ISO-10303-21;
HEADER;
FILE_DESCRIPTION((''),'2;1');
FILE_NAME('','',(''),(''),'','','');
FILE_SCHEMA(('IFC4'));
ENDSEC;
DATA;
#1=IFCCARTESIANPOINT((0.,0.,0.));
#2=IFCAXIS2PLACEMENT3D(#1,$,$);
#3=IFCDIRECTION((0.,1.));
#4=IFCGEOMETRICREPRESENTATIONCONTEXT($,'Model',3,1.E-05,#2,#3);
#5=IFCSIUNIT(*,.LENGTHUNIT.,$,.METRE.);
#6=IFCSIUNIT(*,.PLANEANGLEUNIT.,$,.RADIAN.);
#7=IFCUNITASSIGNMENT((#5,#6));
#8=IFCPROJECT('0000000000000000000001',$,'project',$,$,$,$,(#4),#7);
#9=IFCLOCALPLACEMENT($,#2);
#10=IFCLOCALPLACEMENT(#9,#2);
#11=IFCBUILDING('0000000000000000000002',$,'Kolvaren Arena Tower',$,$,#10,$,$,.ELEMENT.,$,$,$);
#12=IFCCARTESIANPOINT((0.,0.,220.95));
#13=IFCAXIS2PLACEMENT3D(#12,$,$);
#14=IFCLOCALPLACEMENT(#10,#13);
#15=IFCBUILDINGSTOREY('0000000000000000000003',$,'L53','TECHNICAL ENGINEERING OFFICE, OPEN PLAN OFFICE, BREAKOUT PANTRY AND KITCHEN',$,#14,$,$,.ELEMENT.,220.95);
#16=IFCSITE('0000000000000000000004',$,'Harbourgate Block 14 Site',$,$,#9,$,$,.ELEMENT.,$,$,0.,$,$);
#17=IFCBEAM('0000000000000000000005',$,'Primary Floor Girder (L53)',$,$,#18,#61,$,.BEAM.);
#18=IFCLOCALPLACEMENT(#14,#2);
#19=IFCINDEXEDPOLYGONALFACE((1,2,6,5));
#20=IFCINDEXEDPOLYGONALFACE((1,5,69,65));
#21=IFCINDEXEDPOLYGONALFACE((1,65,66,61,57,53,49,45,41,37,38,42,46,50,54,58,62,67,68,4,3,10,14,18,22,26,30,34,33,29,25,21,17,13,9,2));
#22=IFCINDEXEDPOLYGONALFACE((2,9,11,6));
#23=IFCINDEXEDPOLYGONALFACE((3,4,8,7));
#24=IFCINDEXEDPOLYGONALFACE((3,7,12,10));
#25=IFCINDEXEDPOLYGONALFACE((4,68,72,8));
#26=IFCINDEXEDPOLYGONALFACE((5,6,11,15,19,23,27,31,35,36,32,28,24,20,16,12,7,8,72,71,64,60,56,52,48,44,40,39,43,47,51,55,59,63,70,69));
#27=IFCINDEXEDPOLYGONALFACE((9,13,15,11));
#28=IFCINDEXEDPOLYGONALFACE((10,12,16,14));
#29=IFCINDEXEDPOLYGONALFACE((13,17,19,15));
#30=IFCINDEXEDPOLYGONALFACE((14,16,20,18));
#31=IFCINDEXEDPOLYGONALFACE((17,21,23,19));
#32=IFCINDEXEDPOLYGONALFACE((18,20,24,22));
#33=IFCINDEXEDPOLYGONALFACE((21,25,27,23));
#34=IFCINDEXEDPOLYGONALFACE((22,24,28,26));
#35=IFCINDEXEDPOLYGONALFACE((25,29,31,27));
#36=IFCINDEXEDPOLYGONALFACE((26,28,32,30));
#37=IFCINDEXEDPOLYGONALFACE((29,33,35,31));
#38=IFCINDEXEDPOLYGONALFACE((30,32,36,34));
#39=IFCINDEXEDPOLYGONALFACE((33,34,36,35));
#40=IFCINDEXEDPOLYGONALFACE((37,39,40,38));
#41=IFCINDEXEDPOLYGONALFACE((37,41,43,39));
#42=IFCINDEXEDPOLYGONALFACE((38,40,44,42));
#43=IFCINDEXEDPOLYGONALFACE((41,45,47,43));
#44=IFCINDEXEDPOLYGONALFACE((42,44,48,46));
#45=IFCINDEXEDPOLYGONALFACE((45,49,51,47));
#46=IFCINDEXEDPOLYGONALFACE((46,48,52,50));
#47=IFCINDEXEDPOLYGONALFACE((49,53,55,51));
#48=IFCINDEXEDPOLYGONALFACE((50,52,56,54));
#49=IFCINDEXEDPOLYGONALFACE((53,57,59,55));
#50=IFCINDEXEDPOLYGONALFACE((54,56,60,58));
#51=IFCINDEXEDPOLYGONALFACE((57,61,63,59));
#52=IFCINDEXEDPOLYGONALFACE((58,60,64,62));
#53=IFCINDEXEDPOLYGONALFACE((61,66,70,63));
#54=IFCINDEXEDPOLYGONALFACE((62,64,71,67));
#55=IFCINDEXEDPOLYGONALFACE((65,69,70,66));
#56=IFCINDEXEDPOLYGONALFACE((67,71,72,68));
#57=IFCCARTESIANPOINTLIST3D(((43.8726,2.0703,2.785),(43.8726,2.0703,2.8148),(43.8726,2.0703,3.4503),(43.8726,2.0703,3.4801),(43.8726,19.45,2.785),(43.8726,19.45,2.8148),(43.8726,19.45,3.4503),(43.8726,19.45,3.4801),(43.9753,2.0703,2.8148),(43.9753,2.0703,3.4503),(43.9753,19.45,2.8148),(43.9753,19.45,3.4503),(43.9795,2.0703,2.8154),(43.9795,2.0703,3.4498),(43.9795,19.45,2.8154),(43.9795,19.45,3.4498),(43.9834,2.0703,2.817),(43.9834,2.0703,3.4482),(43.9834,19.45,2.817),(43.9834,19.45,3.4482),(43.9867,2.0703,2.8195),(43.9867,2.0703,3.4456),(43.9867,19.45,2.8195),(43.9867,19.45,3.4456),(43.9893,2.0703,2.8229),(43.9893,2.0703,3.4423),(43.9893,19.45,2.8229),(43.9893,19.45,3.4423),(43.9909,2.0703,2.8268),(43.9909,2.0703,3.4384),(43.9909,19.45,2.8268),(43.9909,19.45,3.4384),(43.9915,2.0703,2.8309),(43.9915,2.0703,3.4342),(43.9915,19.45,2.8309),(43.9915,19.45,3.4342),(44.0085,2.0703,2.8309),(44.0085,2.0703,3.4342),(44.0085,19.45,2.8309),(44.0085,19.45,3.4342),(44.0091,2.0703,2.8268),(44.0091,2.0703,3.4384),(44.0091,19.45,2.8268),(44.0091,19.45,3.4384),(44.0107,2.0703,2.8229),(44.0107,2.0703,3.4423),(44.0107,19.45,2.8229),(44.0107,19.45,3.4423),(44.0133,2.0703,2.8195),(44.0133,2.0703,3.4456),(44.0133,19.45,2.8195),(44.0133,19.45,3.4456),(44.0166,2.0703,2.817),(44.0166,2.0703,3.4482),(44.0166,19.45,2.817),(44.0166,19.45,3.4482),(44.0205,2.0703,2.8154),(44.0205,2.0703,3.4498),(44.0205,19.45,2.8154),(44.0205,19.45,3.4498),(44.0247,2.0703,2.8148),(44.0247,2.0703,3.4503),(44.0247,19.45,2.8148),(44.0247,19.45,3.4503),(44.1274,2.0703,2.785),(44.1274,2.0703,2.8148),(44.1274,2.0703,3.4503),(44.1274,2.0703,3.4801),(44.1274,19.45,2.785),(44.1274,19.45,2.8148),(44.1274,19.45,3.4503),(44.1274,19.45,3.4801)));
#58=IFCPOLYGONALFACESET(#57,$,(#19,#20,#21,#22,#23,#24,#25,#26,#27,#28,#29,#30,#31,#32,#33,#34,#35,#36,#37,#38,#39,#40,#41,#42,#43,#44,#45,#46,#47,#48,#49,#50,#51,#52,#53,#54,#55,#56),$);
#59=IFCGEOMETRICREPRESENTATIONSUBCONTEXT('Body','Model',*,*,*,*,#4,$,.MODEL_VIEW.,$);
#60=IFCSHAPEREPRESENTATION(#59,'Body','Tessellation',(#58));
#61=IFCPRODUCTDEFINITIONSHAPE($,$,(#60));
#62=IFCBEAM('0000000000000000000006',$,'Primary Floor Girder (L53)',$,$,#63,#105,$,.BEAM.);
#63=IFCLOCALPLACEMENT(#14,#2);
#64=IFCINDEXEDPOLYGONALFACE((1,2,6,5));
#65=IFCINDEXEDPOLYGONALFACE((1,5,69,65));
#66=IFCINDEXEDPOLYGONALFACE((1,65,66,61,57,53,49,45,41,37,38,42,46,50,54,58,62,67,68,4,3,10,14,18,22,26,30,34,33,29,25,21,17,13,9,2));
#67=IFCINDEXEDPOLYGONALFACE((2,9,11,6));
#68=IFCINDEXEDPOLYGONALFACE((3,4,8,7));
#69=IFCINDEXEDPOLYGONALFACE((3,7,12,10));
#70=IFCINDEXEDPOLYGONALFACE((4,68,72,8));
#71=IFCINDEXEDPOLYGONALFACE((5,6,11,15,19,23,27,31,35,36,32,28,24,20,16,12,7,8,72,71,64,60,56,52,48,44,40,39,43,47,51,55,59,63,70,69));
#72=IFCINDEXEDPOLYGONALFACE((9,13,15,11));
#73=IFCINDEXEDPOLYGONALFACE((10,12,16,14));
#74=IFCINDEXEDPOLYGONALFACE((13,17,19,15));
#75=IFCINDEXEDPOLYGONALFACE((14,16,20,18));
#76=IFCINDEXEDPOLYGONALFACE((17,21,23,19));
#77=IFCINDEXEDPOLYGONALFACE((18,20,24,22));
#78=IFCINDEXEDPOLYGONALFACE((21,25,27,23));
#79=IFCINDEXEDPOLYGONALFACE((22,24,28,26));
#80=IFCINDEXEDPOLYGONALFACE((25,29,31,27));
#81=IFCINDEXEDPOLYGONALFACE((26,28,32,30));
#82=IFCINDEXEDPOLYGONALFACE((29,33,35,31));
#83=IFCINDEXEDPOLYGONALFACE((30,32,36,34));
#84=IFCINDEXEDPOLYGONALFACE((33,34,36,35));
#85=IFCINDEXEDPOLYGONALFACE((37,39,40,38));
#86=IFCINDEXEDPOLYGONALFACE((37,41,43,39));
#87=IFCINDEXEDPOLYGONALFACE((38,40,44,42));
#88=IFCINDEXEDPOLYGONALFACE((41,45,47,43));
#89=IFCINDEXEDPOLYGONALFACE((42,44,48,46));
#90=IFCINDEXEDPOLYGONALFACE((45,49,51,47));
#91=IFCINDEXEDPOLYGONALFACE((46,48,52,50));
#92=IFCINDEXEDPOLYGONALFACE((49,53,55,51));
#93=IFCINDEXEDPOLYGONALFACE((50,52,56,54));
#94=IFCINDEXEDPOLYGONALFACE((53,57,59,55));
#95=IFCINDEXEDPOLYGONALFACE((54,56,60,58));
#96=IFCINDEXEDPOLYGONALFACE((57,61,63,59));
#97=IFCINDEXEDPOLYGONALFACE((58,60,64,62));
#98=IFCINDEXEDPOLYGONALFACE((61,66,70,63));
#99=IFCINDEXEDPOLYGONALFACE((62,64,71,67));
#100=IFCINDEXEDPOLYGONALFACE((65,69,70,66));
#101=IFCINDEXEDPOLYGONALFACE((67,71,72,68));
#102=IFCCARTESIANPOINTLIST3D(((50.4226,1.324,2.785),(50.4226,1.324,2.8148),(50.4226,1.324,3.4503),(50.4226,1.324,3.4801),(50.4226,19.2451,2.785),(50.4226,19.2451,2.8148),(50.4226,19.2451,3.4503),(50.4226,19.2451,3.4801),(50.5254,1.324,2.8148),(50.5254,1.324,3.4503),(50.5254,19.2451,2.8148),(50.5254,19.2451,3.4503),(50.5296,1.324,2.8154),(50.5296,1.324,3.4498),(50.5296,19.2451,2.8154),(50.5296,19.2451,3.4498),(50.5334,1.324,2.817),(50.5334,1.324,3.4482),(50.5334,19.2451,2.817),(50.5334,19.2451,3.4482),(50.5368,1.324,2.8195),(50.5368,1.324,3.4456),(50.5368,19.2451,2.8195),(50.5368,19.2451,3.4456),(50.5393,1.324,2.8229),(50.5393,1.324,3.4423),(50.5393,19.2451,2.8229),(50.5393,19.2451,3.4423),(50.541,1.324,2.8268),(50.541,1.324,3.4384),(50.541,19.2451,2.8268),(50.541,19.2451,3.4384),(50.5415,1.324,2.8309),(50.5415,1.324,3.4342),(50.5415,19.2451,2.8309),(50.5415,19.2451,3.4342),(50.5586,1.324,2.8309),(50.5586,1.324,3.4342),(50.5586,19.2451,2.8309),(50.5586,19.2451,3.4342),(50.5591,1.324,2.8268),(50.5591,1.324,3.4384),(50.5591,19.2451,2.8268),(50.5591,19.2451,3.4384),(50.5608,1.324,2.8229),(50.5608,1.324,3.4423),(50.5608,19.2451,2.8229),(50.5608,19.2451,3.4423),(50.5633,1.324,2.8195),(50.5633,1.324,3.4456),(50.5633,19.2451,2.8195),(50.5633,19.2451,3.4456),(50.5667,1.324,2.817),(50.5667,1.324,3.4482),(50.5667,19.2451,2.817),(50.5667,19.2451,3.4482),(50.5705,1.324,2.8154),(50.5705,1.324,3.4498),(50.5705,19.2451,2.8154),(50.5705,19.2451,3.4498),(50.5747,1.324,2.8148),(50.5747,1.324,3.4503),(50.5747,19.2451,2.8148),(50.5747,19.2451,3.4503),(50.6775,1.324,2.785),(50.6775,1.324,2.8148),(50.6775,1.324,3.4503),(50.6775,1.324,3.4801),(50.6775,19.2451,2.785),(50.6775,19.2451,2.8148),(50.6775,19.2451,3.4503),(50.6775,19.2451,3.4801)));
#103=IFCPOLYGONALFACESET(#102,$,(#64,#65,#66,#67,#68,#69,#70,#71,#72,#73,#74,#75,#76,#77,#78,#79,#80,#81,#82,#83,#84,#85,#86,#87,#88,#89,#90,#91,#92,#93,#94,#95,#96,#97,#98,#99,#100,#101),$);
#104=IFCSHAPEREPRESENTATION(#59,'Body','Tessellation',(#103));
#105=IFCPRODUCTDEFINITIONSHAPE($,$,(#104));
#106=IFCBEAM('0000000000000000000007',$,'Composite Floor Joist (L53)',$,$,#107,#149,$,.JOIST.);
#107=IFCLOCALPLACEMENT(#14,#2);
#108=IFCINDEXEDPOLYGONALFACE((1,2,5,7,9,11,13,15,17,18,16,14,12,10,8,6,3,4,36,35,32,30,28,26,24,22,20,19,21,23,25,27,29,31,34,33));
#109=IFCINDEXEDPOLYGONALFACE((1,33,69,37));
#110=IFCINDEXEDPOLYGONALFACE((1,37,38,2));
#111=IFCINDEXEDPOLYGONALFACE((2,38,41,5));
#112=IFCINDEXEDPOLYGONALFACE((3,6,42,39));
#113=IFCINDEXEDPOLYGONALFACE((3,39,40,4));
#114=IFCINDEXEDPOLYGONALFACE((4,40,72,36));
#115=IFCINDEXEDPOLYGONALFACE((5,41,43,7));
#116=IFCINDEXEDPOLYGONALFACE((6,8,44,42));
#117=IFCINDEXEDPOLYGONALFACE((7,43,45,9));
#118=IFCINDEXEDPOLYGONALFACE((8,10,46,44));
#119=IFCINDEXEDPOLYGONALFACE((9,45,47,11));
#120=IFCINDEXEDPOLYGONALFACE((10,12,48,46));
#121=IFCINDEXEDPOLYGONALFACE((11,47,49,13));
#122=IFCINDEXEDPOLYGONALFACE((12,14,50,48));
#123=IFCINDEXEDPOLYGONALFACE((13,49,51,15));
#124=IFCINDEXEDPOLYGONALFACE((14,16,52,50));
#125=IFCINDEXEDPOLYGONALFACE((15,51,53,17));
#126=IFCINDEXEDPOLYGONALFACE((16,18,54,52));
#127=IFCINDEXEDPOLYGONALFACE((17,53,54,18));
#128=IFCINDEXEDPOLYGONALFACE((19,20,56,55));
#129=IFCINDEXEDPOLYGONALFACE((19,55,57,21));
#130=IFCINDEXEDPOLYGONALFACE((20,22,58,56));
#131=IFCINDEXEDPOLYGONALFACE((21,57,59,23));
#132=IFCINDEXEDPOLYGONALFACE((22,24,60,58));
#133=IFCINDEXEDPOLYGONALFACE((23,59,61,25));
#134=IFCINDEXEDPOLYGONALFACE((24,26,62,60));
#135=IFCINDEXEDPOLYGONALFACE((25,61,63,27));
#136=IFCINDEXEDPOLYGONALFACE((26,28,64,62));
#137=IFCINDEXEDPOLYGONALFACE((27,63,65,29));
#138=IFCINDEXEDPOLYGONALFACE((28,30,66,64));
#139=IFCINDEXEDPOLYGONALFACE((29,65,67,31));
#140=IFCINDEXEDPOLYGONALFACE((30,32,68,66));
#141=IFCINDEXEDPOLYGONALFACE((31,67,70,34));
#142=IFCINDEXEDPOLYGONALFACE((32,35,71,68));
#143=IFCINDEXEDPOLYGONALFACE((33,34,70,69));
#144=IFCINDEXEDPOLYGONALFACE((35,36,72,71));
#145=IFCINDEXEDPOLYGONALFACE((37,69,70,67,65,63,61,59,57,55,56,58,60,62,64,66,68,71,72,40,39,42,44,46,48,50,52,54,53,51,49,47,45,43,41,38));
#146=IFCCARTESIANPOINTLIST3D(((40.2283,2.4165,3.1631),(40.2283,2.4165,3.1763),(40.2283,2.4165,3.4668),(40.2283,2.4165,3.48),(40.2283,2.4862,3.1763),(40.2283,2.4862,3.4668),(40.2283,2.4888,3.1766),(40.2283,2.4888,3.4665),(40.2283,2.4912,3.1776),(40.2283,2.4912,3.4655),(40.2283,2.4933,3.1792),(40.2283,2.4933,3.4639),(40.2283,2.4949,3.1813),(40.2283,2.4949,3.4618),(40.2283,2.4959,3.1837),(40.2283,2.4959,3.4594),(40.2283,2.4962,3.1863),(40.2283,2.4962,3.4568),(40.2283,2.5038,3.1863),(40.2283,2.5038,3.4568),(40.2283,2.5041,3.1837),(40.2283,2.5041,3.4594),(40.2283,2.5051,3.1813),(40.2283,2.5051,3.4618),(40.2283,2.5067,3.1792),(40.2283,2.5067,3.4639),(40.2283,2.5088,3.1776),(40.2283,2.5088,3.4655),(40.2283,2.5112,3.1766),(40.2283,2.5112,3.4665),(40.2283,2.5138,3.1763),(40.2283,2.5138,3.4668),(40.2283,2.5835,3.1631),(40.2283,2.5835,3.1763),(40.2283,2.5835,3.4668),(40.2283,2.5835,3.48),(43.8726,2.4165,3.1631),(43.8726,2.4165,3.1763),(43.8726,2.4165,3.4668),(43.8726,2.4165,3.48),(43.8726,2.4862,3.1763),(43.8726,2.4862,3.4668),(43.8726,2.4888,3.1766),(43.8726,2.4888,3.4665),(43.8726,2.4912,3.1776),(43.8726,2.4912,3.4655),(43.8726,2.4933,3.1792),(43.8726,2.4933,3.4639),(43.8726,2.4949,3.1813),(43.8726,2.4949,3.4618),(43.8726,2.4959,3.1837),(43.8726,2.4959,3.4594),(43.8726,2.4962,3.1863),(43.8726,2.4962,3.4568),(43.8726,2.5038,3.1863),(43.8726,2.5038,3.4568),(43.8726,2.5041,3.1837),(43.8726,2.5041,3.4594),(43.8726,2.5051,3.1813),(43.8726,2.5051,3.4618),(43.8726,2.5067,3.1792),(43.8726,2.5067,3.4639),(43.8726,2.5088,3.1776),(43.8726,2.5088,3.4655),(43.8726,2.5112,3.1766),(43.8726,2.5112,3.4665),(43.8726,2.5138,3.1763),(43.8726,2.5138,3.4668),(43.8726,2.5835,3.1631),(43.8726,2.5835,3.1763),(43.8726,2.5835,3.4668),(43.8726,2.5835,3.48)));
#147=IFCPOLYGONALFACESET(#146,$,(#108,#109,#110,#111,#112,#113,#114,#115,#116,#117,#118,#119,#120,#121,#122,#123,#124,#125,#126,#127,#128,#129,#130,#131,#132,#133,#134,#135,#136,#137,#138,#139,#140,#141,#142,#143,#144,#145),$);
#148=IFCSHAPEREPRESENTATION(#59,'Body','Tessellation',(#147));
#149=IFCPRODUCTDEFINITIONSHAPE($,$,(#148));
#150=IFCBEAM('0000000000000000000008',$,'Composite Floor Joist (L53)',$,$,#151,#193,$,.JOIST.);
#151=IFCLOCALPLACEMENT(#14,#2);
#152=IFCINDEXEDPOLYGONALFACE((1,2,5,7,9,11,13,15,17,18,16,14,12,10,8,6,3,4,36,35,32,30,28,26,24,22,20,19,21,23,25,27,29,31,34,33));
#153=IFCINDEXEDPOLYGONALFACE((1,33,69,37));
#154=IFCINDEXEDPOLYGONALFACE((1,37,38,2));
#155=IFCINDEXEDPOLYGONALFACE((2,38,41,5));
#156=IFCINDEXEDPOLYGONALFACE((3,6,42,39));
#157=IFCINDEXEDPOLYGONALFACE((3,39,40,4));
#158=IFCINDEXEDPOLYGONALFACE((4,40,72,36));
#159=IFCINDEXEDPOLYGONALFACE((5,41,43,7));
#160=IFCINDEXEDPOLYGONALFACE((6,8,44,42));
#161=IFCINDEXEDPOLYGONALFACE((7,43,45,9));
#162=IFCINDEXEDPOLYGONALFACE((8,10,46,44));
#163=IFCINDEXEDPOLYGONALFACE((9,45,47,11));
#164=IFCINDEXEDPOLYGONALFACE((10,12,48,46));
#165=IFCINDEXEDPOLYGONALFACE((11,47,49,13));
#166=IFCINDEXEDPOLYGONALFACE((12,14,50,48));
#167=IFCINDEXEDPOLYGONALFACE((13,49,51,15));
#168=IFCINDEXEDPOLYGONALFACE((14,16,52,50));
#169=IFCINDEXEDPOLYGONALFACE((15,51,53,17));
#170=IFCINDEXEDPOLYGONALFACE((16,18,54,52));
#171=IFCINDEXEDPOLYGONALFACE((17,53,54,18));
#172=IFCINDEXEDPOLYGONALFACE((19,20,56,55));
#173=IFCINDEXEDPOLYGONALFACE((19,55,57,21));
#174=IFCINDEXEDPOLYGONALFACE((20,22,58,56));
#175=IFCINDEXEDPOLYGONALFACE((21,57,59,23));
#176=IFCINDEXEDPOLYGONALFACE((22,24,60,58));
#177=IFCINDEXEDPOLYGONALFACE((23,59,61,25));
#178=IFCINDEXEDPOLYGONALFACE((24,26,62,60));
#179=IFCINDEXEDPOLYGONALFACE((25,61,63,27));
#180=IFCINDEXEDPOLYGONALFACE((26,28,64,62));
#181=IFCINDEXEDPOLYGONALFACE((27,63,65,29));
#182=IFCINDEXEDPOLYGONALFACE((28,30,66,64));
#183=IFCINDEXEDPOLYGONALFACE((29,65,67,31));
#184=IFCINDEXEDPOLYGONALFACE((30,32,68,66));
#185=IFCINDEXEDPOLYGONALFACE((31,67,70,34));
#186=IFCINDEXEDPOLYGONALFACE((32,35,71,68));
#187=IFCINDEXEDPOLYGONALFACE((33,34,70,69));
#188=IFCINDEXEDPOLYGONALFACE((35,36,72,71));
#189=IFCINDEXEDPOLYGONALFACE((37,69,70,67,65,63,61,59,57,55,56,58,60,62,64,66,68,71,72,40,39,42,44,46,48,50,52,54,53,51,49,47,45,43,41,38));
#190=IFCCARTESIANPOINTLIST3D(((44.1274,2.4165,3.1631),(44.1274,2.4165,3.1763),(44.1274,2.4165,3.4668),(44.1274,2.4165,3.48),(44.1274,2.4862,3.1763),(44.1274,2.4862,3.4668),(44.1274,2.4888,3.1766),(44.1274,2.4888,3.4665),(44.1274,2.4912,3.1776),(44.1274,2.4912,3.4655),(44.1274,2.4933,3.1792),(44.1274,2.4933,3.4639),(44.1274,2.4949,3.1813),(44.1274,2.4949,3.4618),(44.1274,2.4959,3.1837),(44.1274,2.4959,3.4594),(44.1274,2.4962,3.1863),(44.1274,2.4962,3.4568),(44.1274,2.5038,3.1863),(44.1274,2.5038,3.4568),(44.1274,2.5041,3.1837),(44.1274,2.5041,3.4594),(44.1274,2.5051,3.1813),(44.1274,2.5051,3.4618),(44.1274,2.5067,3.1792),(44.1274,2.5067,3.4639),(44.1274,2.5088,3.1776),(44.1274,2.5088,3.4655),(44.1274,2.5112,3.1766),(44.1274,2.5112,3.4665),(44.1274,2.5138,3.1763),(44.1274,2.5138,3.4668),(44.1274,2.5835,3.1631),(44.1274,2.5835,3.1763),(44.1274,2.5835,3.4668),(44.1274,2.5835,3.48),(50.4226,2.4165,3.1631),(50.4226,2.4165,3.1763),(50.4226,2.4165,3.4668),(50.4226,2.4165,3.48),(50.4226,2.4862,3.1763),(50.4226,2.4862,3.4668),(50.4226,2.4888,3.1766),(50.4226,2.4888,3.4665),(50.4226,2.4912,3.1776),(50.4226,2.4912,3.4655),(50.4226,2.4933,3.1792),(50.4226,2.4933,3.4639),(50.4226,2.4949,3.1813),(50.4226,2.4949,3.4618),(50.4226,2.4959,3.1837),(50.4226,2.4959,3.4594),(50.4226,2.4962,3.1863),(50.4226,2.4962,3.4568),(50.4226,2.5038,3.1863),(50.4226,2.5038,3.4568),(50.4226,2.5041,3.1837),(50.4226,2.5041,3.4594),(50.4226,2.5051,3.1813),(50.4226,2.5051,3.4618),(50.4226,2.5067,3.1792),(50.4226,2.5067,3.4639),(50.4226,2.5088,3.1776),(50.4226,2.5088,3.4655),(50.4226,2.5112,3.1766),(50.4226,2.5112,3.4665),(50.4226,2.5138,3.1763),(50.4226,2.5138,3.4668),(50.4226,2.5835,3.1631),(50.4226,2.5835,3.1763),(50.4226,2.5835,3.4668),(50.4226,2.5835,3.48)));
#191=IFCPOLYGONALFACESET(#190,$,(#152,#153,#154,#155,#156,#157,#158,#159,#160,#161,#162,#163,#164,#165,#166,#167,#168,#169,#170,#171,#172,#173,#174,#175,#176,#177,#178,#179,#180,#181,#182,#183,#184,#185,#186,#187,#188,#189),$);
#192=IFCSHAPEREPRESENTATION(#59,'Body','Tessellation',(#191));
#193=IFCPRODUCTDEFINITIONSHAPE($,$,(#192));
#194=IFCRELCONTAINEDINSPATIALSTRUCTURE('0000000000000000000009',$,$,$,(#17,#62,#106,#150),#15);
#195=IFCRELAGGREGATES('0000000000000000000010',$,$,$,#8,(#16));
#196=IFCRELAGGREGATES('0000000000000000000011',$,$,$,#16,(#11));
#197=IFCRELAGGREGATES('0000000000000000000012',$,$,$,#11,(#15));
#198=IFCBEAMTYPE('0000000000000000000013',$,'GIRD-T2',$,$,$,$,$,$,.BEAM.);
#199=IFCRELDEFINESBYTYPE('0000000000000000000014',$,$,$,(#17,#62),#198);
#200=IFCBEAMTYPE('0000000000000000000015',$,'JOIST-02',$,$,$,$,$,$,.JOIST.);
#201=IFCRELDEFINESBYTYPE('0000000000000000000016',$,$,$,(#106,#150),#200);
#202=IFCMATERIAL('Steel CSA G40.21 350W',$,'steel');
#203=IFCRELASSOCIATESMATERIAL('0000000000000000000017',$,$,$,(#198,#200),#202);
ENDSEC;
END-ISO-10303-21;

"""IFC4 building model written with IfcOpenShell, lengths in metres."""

from ifc_helpers import new_model, si_unit, direction, frame, origin, origin_2d, place, context, subcontext, project, spatial, i_section, extrude, material, material_profile, profile_set, type_object, element, save


model = new_model("IFC4")

# Units and contexts
model_context = context("Model", 3, precision=1e-05, world=origin(), true_north=direction((0.0, 1.0)))
body_context = subcontext(model_context, "Body", "Model", "MODEL_VIEW")
ifc_project = project(units=[si_unit("LENGTHUNIT", "METRE"), si_unit("PLANEANGLEUNIT", "RADIAN")], contexts=[model_context])

# Site, building, storey
site_placement = place(None, origin())
site = spatial("IfcSite", under=ifc_project, at=site_placement, Name="Harbourgate Block 14 Site", CompositionType="ELEMENT", RefElevation=0.0)
building_placement = place(site_placement, origin())
building = spatial("IfcBuilding", under=site, at=building_placement, Name="Kolvaren Arena Tower", CompositionType="ELEMENT")
storey_placement = place(building_placement, frame((0.0, 0.0, 220.95)))
storey = spatial("IfcBuildingStorey", under=building, at=storey_placement, Name="L53", Description="TECHNICAL ENGINEERING OFFICE, OPEN PLAN OFFICE, BREAKOUT PANTRY AND KITCHEN", CompositionType="ELEMENT", Elevation=220.95)

# Beams
ifc_material_1 = material(Name="Steel CSA G40.21 350W", Category="steel")
ifc_material_profile_1 = material_profile(ifc_material_1, i_section(OverallWidth=0.2549, OverallDepth=0.6951, WebThickness=0.0171, FlangeThickness=0.0298, FilletRadius=0.0161, at=origin_2d()), Name="W690x217")
ifc_profile_set_1 = profile_set([ifc_material_profile_1], Name="Steel CSA G40.21 350W")
beam_type_1 = type_object("IfcBeamType", Name="GIRD-T2", PredefinedType="BEAM", material=ifc_profile_set_1)
beam_1_placement = place(storey_placement, frame((44.0, 2.0703, 3.1326), z_axis=(0.0, 1.0, 0.0), x_axis=(-1.0, 0.0, 0.0)))
element("IfcBeam", 1, at=beam_1_placement, inside=storey, type_object=beam_type_1, Name="Primary Floor Girder (L53)", PredefinedType="BEAM", context=body_context, shape_type="SweptSolid", body=[
    extrude(i_section(OverallWidth=0.2549, OverallDepth=0.6951, WebThickness=0.0171, FlangeThickness=0.0298, FilletRadius=0.0161, at=origin_2d()), origin(), (0.0, 0.0, 1.0), 17.3796),
])
beam_2_placement = place(storey_placement, frame((50.55, 1.324, 3.1326), z_axis=(0.0, 1.0, 0.0), x_axis=(-1.0, 0.0, 0.0)))
element("IfcBeam", 2, at=beam_2_placement, inside=storey, type_object=beam_type_1, Name="Primary Floor Girder (L53)", PredefinedType="BEAM", context=body_context, shape_type="SweptSolid", body=[
    extrude(i_section(OverallWidth=0.2549, OverallDepth=0.6951, WebThickness=0.0171, FlangeThickness=0.0298, FilletRadius=0.0161, at=origin_2d()), origin(), (0.0, 0.0, 1.0), 17.9211),
])
ifc_material_profile_2 = material_profile(ifc_material_1, i_section(OverallWidth=0.167, OverallDepth=0.3169, WebThickness=0.0076, FlangeThickness=0.0132, FilletRadius=0.01, at=origin_2d()), Name="W310x52")
ifc_profile_set_2 = profile_set([ifc_material_profile_2], Name="Steel CSA G40.21 350W")
beam_type_2 = type_object("IfcBeamType", Name="JOIST-02", PredefinedType="JOIST", material=ifc_profile_set_2)
beam_3_placement = place(storey_placement, frame((40.2283, 2.5, 3.3215), z_axis=(1.0, 0.0, 0.0), x_axis=(0.0, 1.0, 0.0)))
element("IfcBeam", 3, at=beam_3_placement, inside=storey, type_object=beam_type_2, Name="Composite Floor Joist (L53)", PredefinedType="JOIST", context=body_context, shape_type="SweptSolid", body=[
    extrude(i_section(OverallWidth=0.167, OverallDepth=0.3169, WebThickness=0.0076, FlangeThickness=0.0132, FilletRadius=0.01, at=origin_2d()), origin(), (0.0, 0.0, 1.0), 3.6443),
])
for number, where, z_axis, x_axis, name in (
    (4, (44.1274, 2.5, 3.3215), (1.0, 0.0, 0.0), (0.0, 1.0, 0.0), "Composite Floor Joist (L53)"),
):
    element("IfcBeam", number, at=place(storey_placement, frame(where, z_axis=z_axis, x_axis=x_axis)), inside=storey, type_object=beam_type_2, Name=name, PredefinedType="JOIST", context=body_context, shape_type="SweptSolid", body=[
        extrude(i_section(OverallWidth=0.167, OverallDepth=0.3169, WebThickness=0.0076, FlangeThickness=0.0132, FilletRadius=0.01, at=origin_2d()), origin(), (0.0, 0.0, 1.0), 6.2952),
    ])

save(model, "model.ifc")
